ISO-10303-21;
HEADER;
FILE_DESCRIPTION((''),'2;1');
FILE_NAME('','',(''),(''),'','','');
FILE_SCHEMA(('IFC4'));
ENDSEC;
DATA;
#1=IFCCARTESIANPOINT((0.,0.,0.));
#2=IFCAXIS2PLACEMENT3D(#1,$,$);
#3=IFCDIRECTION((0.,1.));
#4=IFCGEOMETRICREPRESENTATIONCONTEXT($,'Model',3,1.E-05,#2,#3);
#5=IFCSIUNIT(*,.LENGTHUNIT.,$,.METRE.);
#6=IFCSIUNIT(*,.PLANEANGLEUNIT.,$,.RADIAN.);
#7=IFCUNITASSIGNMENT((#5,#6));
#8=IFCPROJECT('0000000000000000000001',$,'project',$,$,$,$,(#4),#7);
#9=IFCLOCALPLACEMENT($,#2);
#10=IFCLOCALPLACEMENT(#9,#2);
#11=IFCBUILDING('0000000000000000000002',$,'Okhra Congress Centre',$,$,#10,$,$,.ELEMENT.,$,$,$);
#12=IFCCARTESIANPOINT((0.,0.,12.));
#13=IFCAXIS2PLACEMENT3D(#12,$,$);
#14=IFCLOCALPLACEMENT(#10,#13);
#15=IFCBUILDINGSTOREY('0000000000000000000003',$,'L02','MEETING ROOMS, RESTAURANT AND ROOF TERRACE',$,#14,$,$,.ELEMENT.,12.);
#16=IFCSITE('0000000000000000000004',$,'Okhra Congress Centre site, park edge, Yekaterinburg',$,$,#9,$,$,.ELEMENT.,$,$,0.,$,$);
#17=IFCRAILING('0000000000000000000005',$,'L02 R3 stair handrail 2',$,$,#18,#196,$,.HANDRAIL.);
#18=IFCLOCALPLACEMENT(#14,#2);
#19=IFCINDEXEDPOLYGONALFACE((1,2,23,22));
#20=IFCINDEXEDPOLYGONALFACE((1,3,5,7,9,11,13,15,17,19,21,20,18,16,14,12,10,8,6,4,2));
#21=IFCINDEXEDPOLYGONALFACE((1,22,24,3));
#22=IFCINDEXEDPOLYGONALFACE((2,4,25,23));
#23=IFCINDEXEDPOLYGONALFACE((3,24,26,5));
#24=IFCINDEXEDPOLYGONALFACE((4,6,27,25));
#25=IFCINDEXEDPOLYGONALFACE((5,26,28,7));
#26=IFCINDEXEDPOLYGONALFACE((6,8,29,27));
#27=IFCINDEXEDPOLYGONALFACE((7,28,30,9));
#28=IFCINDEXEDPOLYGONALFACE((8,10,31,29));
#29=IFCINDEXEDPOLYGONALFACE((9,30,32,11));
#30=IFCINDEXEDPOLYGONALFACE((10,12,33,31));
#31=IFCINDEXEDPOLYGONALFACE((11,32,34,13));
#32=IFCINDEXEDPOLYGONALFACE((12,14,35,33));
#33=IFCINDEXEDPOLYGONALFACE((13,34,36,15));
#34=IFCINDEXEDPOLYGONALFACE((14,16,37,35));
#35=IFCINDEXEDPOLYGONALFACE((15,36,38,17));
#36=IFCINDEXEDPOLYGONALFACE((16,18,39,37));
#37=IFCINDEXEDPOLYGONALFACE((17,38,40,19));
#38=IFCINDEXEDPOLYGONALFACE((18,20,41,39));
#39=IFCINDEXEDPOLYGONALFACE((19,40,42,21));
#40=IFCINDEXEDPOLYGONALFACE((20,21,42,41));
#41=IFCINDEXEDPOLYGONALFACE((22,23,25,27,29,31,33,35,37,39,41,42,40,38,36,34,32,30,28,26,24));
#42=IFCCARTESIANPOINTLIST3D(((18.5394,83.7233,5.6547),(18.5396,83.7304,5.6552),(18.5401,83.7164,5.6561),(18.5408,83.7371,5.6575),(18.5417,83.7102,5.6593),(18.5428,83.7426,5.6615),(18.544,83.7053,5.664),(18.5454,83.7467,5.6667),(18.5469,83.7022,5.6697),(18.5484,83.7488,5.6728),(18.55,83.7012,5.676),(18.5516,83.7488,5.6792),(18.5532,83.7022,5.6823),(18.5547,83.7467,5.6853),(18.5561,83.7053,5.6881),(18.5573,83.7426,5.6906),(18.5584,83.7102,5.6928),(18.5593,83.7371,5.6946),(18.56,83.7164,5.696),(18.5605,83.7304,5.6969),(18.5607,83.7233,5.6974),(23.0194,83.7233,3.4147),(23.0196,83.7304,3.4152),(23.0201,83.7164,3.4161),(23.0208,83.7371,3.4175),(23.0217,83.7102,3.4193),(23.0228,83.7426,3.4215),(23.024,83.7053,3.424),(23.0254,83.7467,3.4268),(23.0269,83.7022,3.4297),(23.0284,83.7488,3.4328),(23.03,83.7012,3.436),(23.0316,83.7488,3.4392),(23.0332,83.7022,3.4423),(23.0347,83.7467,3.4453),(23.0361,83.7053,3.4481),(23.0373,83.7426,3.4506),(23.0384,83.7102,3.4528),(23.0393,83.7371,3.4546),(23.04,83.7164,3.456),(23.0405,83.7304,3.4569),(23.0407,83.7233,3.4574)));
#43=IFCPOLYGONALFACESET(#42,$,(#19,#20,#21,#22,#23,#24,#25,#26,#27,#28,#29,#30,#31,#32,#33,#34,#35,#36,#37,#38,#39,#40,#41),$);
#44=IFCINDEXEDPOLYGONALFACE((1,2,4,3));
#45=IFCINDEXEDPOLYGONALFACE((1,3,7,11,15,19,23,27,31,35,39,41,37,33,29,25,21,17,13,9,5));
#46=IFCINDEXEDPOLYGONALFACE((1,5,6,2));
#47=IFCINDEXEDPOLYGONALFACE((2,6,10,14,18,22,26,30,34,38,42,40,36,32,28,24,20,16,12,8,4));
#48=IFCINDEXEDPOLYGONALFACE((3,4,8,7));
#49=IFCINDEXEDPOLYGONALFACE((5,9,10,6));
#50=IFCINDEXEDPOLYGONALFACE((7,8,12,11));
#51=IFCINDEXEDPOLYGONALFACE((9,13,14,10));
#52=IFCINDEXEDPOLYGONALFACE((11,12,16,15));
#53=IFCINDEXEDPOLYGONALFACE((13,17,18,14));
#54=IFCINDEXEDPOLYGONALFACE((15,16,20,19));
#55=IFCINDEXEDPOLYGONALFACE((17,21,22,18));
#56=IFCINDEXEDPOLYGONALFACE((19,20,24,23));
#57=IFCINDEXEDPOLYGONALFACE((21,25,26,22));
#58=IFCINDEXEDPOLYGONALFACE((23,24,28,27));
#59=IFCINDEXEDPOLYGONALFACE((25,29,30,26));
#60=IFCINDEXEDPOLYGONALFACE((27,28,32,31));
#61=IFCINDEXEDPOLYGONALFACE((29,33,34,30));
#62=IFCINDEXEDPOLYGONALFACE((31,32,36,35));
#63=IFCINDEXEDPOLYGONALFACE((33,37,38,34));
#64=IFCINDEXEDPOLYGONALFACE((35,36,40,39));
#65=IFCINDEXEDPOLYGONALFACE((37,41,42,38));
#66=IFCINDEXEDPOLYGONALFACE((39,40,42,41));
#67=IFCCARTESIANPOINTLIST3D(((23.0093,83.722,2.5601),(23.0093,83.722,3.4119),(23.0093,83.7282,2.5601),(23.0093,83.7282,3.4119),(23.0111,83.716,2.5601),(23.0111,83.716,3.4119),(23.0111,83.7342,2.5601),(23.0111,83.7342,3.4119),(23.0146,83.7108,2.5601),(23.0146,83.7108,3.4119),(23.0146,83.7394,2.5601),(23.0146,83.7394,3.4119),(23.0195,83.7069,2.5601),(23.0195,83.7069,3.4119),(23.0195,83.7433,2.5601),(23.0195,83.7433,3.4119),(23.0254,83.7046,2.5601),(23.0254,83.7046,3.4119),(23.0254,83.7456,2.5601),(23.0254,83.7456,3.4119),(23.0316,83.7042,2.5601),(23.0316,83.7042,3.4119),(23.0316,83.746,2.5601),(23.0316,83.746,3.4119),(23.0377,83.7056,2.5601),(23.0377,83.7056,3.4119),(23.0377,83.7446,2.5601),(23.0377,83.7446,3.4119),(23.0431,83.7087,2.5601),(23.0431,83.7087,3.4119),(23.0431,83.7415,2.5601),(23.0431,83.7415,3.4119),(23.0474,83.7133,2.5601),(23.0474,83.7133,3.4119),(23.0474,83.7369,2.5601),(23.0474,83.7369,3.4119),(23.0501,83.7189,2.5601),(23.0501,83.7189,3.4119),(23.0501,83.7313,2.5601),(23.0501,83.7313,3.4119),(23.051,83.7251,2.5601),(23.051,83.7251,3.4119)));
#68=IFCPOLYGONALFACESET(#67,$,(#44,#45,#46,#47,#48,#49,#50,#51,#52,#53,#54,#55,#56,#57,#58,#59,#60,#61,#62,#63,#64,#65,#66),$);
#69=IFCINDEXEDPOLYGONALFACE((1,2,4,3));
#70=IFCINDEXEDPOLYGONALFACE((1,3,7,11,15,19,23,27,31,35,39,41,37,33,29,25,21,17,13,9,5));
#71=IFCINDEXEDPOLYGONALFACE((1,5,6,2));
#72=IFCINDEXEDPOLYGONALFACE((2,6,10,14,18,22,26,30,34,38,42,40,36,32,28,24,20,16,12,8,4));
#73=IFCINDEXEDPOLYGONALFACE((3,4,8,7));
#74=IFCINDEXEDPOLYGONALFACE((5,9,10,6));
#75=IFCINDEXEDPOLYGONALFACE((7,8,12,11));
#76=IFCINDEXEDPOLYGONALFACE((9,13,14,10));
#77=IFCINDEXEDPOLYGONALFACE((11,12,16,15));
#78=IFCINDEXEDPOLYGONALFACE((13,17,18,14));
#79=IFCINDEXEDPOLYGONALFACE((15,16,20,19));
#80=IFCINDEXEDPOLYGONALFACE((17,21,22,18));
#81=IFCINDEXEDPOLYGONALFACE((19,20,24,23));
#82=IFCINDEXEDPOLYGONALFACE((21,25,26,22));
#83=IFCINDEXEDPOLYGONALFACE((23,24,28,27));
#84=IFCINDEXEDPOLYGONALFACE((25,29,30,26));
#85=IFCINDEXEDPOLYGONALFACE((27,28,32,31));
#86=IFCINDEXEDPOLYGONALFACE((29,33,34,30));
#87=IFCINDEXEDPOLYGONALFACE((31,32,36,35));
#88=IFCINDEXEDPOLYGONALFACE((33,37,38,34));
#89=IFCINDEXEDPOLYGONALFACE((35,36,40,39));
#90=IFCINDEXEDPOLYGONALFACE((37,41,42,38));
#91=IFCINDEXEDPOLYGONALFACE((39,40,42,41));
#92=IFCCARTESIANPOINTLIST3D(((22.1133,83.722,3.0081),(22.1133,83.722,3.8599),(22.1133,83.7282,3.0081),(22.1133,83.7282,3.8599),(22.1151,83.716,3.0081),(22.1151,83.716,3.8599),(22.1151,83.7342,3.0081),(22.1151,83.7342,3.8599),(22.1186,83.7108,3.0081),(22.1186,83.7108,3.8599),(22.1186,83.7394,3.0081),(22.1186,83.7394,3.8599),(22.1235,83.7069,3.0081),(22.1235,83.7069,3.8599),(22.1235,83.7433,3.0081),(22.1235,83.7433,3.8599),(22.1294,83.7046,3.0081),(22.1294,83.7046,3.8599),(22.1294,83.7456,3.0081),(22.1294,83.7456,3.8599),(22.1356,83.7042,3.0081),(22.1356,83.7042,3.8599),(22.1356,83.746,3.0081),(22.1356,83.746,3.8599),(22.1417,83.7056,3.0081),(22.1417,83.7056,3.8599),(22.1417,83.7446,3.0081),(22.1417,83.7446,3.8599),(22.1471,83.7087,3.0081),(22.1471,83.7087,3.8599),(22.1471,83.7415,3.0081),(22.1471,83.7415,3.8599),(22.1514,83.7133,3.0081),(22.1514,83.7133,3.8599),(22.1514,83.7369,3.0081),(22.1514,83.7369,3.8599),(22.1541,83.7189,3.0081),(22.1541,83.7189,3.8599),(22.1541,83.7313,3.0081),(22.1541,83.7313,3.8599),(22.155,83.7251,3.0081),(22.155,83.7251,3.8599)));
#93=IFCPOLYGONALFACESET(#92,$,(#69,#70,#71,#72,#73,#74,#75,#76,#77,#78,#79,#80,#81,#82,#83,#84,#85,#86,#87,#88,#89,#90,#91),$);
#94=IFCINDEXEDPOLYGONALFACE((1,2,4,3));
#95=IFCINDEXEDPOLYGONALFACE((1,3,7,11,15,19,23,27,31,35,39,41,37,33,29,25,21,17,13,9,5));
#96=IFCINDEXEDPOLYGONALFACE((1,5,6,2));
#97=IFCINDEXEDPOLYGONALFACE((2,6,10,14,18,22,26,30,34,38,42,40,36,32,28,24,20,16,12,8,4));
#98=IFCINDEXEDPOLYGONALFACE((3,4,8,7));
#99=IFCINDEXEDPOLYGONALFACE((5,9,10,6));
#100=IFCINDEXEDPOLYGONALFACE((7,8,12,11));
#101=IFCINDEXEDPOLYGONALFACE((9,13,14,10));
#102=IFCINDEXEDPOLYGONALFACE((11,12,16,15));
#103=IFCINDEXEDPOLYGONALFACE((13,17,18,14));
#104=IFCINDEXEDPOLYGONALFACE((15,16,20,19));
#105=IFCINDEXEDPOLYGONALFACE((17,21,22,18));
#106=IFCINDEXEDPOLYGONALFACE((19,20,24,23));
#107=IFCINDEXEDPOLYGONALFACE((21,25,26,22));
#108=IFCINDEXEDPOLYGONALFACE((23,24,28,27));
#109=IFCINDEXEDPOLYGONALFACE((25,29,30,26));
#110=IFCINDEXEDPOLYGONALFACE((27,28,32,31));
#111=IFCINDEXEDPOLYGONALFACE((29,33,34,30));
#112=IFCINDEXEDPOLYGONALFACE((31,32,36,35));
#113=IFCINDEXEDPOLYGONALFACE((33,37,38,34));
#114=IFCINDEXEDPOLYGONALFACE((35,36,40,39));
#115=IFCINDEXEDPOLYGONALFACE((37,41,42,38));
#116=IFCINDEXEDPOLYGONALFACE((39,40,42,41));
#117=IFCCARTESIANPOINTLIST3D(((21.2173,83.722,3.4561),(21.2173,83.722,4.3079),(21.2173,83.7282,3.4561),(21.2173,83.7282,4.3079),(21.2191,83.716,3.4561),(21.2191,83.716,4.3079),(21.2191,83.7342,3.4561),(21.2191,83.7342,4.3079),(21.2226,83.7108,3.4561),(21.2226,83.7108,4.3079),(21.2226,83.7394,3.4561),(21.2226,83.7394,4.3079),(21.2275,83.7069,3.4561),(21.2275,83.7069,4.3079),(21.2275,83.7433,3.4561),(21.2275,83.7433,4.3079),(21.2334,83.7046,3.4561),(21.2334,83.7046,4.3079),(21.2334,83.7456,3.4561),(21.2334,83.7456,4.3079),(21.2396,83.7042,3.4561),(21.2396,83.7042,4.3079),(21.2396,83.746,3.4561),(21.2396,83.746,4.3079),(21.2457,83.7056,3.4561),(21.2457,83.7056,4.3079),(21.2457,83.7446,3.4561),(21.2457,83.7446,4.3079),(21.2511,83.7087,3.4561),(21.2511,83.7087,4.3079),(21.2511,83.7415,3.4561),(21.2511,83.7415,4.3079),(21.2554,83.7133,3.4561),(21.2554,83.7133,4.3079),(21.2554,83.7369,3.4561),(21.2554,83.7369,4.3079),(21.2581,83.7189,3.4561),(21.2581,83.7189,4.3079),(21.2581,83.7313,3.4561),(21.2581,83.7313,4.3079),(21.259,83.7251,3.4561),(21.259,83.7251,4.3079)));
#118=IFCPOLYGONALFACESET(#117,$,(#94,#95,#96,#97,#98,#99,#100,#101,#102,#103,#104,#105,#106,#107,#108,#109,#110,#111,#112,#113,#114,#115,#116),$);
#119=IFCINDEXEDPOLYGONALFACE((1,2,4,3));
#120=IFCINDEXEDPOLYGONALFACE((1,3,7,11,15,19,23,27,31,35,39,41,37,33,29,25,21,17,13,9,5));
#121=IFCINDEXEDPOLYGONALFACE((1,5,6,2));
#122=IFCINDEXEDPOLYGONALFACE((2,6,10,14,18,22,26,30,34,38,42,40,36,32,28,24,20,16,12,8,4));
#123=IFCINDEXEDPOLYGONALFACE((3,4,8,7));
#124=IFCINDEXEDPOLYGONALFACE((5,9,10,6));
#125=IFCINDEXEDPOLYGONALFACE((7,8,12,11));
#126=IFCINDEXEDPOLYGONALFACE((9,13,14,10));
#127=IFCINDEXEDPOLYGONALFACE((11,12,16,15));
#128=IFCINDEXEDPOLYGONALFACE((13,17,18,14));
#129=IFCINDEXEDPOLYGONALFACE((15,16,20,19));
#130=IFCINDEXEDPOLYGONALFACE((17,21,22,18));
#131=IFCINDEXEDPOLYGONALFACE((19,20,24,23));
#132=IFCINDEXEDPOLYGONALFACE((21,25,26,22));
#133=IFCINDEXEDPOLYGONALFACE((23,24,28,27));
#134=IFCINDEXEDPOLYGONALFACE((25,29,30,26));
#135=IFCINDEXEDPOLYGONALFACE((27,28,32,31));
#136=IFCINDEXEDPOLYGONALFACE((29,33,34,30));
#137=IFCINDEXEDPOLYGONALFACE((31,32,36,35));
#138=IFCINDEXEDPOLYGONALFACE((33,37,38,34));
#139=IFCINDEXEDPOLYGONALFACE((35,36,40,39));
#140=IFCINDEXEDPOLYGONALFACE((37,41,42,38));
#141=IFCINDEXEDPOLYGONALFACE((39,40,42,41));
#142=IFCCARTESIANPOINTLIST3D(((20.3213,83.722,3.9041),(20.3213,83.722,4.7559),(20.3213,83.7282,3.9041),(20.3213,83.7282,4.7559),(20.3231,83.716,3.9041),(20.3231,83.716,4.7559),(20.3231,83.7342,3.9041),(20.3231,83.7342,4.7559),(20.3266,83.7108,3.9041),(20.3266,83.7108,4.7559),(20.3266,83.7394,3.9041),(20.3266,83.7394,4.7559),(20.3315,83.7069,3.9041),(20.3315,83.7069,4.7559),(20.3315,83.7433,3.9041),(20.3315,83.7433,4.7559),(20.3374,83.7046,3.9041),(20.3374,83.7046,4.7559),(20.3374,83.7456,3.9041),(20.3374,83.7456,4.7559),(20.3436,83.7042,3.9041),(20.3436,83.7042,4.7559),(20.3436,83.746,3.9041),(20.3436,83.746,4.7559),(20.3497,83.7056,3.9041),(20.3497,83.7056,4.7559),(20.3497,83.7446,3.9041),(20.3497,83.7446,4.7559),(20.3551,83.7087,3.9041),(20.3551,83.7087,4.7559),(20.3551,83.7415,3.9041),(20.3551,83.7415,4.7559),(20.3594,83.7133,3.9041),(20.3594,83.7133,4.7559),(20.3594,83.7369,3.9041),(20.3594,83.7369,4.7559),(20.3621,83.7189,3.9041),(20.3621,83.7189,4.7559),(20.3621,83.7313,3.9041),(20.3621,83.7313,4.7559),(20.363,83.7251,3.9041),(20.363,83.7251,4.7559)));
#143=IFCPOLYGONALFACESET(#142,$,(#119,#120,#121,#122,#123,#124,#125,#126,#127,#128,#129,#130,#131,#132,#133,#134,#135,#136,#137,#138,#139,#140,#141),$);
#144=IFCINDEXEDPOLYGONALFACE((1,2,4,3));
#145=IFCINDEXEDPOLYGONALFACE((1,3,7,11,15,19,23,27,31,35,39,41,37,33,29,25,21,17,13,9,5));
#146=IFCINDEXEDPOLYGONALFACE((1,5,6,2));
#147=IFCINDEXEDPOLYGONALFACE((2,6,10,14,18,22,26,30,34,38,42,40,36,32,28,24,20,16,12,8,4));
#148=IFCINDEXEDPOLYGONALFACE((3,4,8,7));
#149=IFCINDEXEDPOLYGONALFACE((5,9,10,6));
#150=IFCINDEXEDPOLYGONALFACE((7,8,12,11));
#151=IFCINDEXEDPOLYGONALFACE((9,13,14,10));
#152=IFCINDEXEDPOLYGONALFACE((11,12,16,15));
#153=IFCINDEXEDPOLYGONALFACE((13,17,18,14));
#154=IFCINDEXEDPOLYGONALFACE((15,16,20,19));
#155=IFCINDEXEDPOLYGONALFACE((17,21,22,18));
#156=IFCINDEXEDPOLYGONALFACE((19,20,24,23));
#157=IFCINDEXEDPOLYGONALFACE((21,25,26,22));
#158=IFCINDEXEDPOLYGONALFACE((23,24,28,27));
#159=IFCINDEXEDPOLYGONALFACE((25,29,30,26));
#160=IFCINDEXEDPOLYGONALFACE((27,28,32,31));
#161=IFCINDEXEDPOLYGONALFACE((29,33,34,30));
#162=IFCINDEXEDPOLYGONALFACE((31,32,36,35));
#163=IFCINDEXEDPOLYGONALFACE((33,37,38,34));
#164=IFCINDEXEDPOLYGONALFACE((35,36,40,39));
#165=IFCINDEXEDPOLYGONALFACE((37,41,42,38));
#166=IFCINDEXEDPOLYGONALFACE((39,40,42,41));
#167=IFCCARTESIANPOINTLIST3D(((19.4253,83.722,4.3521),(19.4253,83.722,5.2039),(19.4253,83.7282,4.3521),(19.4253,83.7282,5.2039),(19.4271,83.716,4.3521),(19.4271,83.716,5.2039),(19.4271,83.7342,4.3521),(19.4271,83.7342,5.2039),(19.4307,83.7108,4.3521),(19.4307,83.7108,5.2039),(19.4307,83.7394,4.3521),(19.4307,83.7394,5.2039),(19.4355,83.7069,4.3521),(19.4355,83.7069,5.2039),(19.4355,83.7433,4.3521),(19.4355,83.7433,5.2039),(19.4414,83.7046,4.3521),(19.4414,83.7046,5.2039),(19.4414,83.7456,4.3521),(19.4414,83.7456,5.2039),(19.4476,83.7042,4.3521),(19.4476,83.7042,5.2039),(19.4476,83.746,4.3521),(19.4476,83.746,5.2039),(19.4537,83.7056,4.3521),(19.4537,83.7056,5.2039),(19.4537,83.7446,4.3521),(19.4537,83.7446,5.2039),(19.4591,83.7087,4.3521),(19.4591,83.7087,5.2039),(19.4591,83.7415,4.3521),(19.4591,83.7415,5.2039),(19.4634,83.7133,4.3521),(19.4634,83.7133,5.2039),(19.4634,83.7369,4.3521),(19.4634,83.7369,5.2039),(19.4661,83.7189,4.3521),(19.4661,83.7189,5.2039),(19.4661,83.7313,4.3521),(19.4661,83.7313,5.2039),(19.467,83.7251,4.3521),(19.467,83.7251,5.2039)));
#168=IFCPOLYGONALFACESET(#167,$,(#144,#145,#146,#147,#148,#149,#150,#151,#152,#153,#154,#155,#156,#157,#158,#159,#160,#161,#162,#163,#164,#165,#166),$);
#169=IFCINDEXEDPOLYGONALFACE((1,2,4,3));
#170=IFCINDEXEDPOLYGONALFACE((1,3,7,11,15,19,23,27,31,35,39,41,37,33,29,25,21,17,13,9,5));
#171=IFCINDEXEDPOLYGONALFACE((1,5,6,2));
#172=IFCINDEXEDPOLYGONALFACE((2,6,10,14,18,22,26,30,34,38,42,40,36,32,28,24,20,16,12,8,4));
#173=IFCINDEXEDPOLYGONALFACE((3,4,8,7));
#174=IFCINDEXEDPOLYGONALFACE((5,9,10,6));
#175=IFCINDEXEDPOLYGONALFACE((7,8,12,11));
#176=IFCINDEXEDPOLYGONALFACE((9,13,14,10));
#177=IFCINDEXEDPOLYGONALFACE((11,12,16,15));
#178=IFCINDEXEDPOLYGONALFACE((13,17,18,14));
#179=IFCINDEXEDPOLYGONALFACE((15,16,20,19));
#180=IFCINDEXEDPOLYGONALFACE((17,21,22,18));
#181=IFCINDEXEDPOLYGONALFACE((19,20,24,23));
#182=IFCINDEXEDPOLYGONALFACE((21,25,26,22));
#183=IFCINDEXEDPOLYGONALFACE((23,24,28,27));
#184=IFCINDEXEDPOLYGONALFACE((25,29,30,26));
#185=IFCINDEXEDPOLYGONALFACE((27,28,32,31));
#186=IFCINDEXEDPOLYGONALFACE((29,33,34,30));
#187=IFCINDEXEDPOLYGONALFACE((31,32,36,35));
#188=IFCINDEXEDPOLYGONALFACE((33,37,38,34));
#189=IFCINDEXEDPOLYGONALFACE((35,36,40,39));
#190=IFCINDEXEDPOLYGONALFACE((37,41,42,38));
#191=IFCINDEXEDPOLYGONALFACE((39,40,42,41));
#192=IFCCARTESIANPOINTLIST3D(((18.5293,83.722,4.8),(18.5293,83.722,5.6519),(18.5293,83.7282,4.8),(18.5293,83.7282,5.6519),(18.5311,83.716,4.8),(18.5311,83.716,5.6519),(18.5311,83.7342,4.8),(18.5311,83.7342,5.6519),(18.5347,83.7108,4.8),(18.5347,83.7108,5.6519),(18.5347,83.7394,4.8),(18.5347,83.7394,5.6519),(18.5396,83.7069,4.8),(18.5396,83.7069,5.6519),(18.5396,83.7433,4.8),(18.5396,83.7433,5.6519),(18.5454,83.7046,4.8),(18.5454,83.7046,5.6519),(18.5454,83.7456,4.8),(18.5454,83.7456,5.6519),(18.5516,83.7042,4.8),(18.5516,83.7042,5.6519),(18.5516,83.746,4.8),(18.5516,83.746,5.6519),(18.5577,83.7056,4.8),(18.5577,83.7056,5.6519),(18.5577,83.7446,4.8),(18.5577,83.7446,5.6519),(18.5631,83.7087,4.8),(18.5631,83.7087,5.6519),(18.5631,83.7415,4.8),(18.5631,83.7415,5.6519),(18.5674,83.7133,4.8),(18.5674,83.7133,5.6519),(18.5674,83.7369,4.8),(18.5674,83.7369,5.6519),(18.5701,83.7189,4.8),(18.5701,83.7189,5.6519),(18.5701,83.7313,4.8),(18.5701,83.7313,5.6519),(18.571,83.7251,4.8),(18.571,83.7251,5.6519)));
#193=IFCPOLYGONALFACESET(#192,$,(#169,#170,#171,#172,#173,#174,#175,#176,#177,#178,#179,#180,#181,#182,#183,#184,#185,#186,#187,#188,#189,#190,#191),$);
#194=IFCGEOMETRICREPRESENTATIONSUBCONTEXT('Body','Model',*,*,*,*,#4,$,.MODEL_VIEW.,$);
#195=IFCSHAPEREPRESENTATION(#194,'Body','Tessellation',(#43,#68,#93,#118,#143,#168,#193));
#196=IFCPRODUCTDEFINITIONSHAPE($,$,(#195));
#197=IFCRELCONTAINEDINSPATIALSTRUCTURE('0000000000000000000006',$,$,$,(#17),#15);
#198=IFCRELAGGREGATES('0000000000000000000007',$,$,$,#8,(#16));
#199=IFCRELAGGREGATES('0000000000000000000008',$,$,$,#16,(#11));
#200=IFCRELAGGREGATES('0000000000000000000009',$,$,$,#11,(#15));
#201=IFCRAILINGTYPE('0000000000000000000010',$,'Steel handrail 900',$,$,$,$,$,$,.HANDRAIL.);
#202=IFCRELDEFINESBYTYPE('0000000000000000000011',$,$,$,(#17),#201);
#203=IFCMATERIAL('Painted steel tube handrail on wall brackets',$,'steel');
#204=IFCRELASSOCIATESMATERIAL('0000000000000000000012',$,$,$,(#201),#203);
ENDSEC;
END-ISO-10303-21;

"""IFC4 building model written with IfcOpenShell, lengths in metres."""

from ifc_helpers import new_model, si_unit, direction, frame, origin, origin_2d, place, context, subcontext, project, spatial, circle, extrude, material, type_object, element, save


model = new_model("IFC4")

# Units and contexts
model_context = context("Model", 3, precision=1e-05, world=origin(), true_north=direction((0.0, 1.0)))
body_context = subcontext(model_context, "Body", "Model", "MODEL_VIEW")
ifc_project = project(units=[si_unit("LENGTHUNIT", "METRE"), si_unit("PLANEANGLEUNIT", "RADIAN")], contexts=[model_context])

# Site, building, storey
site_placement = place(None, origin())
site = spatial("IfcSite", under=ifc_project, at=site_placement, Name="Okhra Congress Centre site, park edge, Yekaterinburg", CompositionType="ELEMENT", RefElevation=0.0)
building_placement = place(site_placement, origin())
building = spatial("IfcBuilding", under=site, at=building_placement, Name="Okhra Congress Centre", CompositionType="ELEMENT")
storey_placement = place(building_placement, frame((0.0, 0.0, 12.0)))
storey = spatial("IfcBuildingStorey", under=building, at=storey_placement, Name="L02", Description="MEETING ROOMS, RESTAURANT AND ROOF TERRACE", CompositionType="ELEMENT", Elevation=12.0)

# Railing
ifc_material_1 = material(Name="Painted steel tube handrail on wall brackets", Category="steel")
railing_type_1 = type_object("IfcRailingType", Name="Steel handrail 900", PredefinedType="HANDRAIL", material=ifc_material_1)
railing_1_placement = place(storey_placement, frame((23.03, 83.7251, 2.5601)))
element("IfcRailing", 1, at=railing_1_placement, inside=storey, type_object=railing_type_1, Name="L02 R3 stair handrail 2", PredefinedType="HANDRAIL", context=body_context, shape_type="SweptSolid", body=[
    extrude(circle(Radius=0.0239, at=origin_2d()), frame((0.0, 0.0, 0.876), z_axis=(-0.894427, 0.0, 0.447214), x_axis=(0.0, -1.0, 0.0)), (0.0, 0.0, 1.0), 5.0088),
    extrude(circle(Radius=0.021, at=origin_2d()), origin(), (0.0, 0.0, 1.0), 0.8518),
    extrude(circle(Radius=0.021, at=origin_2d()), frame((-0.896, 0.0, 0.448)), (0.0, 0.0, 1.0), 0.8518),
    extrude(circle(Radius=0.021, at=origin_2d()), frame((-1.792, 0.0, 0.896)), (0.0, 0.0, 1.0), 0.8518),
    extrude(circle(Radius=0.021, at=origin_2d()), frame((-2.688, 0.0, 1.344)), (0.0, 0.0, 1.0), 0.8518),
    extrude(circle(Radius=0.021, at=origin_2d()), frame((-3.584, 0.0, 1.792)), (0.0, 0.0, 1.0), 0.8518),
    extrude(circle(Radius=0.021, at=origin_2d()), frame((-4.48, 0.0, 2.24)), (0.0, 0.0, 1.0), 0.8518),
])

save(model, "model.ifc")
